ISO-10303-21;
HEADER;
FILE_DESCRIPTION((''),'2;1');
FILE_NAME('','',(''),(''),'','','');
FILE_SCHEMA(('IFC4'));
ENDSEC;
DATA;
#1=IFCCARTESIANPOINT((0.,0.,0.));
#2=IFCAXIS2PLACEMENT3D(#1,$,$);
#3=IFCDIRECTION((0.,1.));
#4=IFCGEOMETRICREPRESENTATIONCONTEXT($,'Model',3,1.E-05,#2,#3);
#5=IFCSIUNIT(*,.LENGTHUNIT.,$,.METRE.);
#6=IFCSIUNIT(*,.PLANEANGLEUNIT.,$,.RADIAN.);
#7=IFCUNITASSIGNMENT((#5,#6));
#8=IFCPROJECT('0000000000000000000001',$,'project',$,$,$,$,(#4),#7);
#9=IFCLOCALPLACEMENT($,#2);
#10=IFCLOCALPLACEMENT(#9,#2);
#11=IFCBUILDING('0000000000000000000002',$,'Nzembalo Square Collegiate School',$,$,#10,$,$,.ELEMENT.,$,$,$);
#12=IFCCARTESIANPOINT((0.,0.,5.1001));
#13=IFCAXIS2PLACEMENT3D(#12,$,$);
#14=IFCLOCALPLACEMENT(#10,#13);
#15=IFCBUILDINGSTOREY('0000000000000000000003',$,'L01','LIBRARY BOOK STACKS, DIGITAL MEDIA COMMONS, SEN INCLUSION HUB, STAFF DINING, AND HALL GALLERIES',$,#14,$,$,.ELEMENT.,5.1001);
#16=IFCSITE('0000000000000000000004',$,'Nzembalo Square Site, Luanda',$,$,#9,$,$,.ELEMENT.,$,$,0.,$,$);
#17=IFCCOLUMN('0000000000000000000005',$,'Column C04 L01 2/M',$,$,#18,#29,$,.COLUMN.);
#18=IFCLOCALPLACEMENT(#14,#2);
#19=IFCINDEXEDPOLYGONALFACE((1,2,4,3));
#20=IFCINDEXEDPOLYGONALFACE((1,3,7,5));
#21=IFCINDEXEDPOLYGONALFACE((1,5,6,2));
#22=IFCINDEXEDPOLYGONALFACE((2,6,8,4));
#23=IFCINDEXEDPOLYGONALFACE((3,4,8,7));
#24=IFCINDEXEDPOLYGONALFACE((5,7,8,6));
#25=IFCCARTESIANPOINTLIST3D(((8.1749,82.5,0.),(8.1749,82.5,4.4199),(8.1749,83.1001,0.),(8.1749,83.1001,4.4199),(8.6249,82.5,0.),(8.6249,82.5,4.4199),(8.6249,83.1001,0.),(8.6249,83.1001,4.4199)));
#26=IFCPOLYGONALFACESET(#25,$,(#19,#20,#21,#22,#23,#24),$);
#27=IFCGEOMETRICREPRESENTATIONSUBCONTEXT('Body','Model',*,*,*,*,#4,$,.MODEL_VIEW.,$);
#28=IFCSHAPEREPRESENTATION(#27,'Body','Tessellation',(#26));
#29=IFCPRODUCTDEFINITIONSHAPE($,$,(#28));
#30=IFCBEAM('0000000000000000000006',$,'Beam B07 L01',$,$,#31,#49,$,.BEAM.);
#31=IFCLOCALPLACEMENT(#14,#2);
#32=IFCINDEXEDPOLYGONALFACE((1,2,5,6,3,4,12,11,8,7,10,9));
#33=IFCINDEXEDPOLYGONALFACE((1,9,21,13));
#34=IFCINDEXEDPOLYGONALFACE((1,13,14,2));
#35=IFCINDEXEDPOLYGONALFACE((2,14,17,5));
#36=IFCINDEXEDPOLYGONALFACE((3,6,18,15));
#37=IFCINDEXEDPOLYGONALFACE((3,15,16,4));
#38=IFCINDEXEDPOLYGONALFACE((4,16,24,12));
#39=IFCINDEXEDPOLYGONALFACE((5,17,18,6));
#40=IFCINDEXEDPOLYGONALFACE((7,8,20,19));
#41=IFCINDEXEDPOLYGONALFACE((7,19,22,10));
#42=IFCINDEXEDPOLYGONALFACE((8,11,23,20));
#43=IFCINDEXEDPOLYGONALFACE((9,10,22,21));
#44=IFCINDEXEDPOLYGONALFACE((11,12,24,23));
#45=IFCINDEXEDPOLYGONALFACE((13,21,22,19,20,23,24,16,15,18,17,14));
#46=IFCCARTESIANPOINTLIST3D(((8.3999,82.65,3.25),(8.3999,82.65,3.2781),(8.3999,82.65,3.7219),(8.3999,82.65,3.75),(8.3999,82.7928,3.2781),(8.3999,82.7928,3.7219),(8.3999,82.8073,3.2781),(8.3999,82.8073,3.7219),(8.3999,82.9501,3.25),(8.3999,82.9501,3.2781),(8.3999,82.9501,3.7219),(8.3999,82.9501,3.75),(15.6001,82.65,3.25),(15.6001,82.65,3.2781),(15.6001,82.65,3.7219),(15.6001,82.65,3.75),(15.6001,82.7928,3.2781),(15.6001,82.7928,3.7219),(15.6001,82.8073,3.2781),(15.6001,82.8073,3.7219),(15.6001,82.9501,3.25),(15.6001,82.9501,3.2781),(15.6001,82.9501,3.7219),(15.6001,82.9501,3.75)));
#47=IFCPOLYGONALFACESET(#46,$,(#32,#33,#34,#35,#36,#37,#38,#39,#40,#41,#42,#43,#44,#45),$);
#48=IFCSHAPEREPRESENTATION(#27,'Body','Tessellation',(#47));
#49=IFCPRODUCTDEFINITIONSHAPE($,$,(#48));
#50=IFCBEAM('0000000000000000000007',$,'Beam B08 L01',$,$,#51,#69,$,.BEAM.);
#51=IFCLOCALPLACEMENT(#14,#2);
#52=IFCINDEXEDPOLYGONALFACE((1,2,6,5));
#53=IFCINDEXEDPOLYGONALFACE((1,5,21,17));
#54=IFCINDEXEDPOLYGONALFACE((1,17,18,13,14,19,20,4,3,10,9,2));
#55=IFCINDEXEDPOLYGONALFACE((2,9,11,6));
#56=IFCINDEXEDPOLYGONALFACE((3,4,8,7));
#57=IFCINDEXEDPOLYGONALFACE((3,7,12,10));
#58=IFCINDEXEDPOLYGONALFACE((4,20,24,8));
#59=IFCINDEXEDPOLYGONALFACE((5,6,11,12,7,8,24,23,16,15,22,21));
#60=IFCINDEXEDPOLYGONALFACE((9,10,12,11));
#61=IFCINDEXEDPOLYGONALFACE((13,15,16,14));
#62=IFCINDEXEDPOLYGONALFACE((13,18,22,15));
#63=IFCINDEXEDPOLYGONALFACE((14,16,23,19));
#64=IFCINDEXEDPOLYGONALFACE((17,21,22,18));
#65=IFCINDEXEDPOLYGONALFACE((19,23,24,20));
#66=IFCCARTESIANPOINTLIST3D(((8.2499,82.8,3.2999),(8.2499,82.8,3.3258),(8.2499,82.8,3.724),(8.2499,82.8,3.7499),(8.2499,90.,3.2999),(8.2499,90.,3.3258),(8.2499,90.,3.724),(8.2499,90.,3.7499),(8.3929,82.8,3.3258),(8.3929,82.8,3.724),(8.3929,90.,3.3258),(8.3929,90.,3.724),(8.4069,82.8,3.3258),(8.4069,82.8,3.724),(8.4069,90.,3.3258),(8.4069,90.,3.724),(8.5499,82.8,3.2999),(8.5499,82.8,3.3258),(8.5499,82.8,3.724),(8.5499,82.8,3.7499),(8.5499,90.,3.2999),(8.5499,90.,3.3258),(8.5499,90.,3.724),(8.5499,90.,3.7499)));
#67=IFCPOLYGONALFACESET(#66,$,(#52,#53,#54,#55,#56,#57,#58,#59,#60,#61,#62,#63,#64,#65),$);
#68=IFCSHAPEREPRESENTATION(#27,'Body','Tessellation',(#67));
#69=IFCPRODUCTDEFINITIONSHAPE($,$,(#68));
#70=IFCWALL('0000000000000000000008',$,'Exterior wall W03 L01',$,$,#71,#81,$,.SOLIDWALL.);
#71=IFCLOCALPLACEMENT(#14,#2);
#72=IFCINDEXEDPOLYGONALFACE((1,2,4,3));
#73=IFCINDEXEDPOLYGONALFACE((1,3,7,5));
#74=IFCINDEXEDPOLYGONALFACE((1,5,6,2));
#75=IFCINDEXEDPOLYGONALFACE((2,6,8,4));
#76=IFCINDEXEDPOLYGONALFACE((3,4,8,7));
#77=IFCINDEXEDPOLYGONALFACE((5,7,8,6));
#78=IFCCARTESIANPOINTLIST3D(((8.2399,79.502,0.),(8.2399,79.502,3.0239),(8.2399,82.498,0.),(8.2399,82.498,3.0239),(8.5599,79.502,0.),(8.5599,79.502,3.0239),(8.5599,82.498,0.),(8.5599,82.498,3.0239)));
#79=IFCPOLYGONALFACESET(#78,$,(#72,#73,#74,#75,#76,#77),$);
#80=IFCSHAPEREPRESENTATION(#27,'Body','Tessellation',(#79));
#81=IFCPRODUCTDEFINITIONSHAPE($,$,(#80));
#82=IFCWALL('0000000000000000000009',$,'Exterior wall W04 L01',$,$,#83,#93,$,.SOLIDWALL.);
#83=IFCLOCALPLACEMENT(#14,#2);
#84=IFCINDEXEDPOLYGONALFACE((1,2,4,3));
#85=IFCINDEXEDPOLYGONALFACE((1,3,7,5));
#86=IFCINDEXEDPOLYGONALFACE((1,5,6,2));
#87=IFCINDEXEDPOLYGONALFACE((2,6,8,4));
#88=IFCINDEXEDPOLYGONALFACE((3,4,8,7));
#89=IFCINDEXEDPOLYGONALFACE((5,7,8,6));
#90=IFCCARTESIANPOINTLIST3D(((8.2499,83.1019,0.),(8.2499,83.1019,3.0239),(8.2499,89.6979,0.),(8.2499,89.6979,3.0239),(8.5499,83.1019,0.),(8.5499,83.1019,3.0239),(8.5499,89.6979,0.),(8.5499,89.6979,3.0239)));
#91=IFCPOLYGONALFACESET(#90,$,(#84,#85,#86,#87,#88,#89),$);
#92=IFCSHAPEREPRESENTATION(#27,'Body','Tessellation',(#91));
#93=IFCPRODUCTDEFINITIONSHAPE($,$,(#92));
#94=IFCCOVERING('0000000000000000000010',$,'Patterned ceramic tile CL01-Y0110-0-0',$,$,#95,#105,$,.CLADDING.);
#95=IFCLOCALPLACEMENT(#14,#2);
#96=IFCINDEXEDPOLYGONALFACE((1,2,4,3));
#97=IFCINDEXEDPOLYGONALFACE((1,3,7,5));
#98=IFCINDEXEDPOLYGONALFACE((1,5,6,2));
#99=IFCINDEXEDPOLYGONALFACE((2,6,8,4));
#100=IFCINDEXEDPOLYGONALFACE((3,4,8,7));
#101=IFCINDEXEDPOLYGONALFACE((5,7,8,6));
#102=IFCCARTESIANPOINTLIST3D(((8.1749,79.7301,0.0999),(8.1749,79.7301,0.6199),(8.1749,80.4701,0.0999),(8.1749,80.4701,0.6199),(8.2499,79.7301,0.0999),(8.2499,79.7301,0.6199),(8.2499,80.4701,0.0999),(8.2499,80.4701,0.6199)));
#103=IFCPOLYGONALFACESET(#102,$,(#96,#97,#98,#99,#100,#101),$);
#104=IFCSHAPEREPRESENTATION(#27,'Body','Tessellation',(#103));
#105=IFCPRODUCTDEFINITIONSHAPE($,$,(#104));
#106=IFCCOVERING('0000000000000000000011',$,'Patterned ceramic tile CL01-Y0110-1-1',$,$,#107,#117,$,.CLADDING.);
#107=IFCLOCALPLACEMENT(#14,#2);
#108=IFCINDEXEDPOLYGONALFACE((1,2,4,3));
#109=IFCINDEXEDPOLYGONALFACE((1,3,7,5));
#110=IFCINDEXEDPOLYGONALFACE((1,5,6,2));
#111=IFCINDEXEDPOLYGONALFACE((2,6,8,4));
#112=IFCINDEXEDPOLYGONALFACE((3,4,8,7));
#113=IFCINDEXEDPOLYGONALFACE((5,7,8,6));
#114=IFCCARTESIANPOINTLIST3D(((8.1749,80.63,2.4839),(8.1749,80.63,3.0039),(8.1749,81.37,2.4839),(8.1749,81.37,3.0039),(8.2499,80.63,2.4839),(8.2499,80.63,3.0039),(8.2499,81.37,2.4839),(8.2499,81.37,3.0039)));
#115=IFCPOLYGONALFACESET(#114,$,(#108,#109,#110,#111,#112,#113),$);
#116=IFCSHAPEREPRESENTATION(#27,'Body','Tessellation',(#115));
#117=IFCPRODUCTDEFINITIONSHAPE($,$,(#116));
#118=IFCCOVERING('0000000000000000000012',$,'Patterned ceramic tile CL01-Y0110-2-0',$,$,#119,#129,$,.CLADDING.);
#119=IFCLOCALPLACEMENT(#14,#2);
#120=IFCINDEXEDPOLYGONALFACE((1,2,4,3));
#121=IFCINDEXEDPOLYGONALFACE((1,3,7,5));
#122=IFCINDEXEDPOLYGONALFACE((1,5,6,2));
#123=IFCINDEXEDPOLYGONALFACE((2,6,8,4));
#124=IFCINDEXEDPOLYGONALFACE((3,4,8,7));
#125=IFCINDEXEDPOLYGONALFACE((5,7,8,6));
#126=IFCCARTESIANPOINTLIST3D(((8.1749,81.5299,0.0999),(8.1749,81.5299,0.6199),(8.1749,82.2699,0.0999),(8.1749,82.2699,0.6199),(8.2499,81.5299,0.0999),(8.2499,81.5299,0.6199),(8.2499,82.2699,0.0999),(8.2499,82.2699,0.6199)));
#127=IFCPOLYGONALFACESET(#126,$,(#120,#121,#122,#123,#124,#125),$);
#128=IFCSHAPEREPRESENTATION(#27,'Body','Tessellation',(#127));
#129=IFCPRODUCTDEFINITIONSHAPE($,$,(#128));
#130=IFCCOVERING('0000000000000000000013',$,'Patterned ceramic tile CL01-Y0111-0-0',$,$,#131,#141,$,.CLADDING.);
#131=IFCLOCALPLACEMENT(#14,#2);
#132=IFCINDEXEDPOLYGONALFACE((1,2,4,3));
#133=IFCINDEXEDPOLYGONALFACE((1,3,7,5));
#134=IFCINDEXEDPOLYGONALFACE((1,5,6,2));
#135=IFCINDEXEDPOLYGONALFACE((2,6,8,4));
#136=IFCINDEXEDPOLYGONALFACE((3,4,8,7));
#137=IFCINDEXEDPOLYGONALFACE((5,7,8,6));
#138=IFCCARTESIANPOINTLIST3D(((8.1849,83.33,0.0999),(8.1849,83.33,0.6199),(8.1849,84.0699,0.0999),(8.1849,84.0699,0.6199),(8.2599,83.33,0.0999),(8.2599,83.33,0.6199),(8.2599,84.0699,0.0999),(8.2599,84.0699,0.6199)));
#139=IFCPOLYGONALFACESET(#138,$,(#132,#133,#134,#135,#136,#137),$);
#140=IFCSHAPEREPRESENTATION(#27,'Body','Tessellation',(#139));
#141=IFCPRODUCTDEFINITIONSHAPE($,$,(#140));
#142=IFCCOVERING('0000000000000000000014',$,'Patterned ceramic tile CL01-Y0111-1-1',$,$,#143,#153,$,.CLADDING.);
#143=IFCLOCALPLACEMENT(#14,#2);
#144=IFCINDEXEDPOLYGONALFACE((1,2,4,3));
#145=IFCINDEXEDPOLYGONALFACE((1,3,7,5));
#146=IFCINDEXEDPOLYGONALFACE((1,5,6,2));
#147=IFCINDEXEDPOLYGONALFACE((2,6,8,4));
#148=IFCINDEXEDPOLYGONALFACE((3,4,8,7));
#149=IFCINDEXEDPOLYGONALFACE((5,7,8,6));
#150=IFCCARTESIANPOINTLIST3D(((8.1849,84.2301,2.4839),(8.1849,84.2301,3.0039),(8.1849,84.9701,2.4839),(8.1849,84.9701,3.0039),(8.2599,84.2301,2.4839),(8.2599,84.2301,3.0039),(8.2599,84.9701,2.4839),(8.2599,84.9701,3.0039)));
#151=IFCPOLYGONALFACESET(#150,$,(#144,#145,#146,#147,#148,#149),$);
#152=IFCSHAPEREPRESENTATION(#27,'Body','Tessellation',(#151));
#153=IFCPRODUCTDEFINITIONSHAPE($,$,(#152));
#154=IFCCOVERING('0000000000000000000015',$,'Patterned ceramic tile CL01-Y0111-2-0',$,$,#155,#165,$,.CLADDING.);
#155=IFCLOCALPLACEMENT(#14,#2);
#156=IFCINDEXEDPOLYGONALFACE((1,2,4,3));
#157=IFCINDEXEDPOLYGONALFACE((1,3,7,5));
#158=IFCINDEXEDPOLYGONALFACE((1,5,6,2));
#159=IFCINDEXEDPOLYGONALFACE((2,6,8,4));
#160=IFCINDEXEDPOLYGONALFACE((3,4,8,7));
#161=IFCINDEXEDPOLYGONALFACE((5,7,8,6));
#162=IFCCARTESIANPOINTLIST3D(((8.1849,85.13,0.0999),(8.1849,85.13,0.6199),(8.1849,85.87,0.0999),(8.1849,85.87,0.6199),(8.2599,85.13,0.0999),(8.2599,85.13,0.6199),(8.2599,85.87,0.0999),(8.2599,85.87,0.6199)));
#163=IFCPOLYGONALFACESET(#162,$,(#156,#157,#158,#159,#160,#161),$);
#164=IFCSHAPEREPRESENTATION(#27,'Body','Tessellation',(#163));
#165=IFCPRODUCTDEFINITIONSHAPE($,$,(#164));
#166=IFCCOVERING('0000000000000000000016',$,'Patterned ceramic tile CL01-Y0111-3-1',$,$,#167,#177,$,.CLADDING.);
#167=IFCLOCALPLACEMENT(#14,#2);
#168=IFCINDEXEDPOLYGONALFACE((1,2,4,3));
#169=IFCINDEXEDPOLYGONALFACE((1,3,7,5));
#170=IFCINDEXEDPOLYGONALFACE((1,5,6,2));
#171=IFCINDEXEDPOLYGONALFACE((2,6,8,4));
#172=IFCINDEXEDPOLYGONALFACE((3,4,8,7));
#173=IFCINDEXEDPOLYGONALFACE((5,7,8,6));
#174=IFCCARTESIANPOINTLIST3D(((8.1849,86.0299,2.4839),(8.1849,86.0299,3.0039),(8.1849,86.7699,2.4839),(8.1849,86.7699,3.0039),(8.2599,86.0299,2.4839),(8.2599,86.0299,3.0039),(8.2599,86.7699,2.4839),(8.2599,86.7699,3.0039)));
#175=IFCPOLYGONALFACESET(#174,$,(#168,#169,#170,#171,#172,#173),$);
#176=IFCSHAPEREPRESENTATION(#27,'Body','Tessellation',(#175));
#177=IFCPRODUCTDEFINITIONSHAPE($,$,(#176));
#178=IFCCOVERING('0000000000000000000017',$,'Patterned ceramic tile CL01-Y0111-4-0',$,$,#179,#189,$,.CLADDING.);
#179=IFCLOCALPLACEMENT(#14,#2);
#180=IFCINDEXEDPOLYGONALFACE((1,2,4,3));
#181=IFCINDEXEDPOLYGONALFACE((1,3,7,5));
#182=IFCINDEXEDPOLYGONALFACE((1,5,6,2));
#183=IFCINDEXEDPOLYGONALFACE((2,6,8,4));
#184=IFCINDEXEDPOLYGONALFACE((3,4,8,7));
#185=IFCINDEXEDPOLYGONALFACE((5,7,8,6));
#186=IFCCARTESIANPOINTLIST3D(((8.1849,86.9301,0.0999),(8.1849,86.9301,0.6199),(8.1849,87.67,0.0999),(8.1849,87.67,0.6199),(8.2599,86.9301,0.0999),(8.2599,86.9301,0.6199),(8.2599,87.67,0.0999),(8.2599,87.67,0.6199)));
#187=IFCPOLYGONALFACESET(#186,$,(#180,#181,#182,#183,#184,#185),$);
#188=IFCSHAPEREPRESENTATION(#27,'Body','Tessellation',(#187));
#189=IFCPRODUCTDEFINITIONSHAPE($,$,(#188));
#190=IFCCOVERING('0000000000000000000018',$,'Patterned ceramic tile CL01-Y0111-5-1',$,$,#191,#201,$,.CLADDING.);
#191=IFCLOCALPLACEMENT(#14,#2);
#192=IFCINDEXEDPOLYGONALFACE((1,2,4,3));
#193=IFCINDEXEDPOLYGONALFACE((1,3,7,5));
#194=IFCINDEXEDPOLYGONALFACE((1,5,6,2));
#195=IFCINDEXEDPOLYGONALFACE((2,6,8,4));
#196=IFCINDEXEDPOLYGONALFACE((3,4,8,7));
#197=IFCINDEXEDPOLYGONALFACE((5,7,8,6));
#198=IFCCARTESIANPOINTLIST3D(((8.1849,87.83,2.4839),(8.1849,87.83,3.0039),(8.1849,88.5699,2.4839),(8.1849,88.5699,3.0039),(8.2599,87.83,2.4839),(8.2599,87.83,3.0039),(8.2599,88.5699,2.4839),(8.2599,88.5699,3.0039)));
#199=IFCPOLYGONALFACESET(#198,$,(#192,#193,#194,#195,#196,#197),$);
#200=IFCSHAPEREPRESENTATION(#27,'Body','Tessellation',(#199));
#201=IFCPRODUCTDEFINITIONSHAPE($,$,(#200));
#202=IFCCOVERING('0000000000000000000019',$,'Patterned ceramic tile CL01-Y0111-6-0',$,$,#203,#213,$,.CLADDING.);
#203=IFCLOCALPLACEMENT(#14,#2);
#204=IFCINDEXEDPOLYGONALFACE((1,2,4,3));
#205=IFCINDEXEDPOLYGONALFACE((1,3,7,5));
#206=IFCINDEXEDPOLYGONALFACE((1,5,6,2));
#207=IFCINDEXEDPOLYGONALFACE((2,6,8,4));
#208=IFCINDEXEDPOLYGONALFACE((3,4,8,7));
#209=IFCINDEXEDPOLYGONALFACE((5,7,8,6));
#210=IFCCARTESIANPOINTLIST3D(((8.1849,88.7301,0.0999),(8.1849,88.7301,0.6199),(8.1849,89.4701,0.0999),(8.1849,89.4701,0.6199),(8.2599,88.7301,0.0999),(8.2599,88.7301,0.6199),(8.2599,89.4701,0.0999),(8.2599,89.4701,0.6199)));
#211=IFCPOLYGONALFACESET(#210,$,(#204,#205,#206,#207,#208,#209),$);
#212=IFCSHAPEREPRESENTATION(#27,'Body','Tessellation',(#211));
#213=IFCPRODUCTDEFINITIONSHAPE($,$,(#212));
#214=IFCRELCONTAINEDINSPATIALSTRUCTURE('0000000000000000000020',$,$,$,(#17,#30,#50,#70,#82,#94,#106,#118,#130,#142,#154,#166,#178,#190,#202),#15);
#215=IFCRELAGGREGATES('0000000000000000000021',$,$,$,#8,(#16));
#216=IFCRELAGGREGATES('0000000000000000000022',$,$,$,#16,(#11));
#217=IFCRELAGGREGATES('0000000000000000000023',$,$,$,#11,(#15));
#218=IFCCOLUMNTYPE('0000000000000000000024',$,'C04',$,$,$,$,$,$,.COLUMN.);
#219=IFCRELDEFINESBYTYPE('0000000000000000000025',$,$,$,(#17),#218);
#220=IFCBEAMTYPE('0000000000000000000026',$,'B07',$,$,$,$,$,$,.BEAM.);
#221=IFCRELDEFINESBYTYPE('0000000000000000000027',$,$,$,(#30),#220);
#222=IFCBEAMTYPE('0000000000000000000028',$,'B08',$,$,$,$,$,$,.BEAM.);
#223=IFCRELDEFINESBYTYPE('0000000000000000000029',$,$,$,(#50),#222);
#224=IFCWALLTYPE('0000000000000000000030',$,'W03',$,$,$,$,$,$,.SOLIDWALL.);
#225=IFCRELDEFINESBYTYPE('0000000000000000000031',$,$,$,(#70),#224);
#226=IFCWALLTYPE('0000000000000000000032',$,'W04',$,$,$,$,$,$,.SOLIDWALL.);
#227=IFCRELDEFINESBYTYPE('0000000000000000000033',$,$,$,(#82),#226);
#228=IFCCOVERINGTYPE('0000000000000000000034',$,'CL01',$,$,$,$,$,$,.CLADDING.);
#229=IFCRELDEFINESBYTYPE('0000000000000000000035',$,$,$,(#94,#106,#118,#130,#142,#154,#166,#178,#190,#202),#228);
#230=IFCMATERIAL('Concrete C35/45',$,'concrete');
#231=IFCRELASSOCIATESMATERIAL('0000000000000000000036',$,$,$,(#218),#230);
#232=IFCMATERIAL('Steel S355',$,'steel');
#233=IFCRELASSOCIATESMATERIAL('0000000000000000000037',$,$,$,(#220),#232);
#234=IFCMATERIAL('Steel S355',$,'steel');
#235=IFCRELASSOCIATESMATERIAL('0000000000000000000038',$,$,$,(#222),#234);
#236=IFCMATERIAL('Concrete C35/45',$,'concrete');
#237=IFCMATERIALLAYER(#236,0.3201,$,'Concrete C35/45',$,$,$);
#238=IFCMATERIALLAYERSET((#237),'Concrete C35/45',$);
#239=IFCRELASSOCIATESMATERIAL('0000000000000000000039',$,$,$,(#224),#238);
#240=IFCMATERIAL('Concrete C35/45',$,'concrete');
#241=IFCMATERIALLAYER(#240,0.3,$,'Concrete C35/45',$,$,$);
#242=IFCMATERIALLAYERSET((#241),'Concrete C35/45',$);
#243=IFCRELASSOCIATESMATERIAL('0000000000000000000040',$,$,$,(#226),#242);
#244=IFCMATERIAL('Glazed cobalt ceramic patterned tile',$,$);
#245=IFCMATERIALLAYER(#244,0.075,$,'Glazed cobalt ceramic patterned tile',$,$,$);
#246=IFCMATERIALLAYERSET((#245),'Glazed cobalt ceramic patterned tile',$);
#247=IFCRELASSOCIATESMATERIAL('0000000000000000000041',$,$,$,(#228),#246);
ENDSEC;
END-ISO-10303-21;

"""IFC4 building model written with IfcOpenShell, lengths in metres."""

from ifc_helpers import new_model, si_unit, direction, frame, frame_2d, origin, origin_2d, place, context, subcontext, project, spatial, rectangle, i_section, extrude, material, layer, layer_set, material_profile, profile_set, type_object, element, save


model = new_model("IFC4")

# Units and contexts
model_context = context("Model", 3, precision=1e-05, world=origin(), true_north=direction((0.0, 1.0)))
body_context = subcontext(model_context, "Body", "Model", "MODEL_VIEW")
ifc_project = project(units=[si_unit("LENGTHUNIT", "METRE"), si_unit("PLANEANGLEUNIT", "RADIAN")], contexts=[model_context])

# Site, building, storey
site_placement = place(None, origin())
site = spatial("IfcSite", under=ifc_project, at=site_placement, Name="Nzembalo Square Site, Luanda", CompositionType="ELEMENT", RefElevation=0.0)
building_placement = place(site_placement, origin())
building = spatial("IfcBuilding", under=site, at=building_placement, Name="Nzembalo Square Collegiate School", CompositionType="ELEMENT")
storey_placement = place(building_placement, frame((0.0, 0.0, 5.1001)))
storey = spatial("IfcBuildingStorey", under=building, at=storey_placement, Name="L01", Description="LIBRARY BOOK STACKS, DIGITAL MEDIA COMMONS, SEN INCLUSION HUB, STAFF DINING, AND HALL GALLERIES", CompositionType="ELEMENT", Elevation=5.1001)

# Column
ifc_material_1 = material(Name="Concrete C35/45", Category="concrete")
ifc_material_profile_1 = material_profile(ifc_material_1, rectangle(XDim=0.45, YDim=0.6001, at=origin_2d()), Name="RC 450x600")
ifc_profile_set_1 = profile_set([ifc_material_profile_1], Name="Concrete C35/45")
column_type = type_object("IfcColumnType", Name="C04", PredefinedType="COLUMN", material=ifc_profile_set_1)
column_placement = place(storey_placement, frame((8.3999, 82.8, 0.0), z_axis=(0.0, 0.0, 1.0), x_axis=(1.0, 0.0, 0.0)))
element("IfcColumn", 1, at=column_placement, inside=storey, type_object=column_type, Name="Column C04 L01 2/M", PredefinedType="COLUMN", context=body_context, shape_type="SweptSolid", body=[
    extrude(rectangle(XDim=0.45, YDim=0.6001, at=origin_2d()), origin(), (0.0, 0.0, 1.0), 4.4199),
])

# Beams
ifc_material_2 = material(Name="Steel S355", Category="steel")
ifc_material_profile_2 = material_profile(ifc_material_2, i_section(OverallWidth=0.3, OverallDepth=0.5, WebThickness=0.0144, FlangeThickness=0.0281, at=origin_2d()), Name="HEB 500")
ifc_profile_set_2 = profile_set([ifc_material_profile_2], Name="Steel S355")
beam_type_1 = type_object("IfcBeamType", Name="B07", PredefinedType="BEAM", material=ifc_profile_set_2)
beam_1_placement = place(storey_placement, frame((8.3999, 82.8, 3.5), z_axis=(1.0, 0.0, 0.0), x_axis=(0.0, 1.0, 0.0)))
element("IfcBeam", 2, at=beam_1_placement, inside=storey, type_object=beam_type_1, Name="Beam B07 L01", PredefinedType="BEAM", context=body_context, shape_type="SweptSolid", body=[
    extrude(i_section(OverallWidth=0.3, OverallDepth=0.5, WebThickness=0.0144, FlangeThickness=0.0281, at=origin_2d()), origin(), (0.0, 0.0, 1.0), 7.2002),
])
ifc_material_3 = material(Name="Steel S355", Category="steel")
ifc_material_profile_3 = material_profile(ifc_material_3, i_section(OverallWidth=0.3, OverallDepth=0.45, WebThickness=0.0139, FlangeThickness=0.0259, at=origin_2d()), Name="HEB 450")
ifc_profile_set_3 = profile_set([ifc_material_profile_3], Name="Steel S355")
beam_type_2 = type_object("IfcBeamType", Name="B08", PredefinedType="BEAM", material=ifc_profile_set_3)
beam_2_placement = place(storey_placement, frame((8.3999, 82.8, 3.5249), z_axis=(0.0, 1.0, 0.0), x_axis=(-1.0, 0.0, 0.0)))
element("IfcBeam", 3, at=beam_2_placement, inside=storey, type_object=beam_type_2, Name="Beam B08 L01", PredefinedType="BEAM", context=body_context, shape_type="SweptSolid", body=[
    extrude(i_section(OverallWidth=0.3, OverallDepth=0.45, WebThickness=0.0139, FlangeThickness=0.0259, at=origin_2d()), origin(), (0.0, 0.0, 1.0), 7.2),
])

# Walls
ifc_material_4 = material(Name="Concrete C35/45", Category="concrete")
ifc_layer_1 = layer(ifc_material_4, 0.3201, Name="Concrete C35/45")
ifc_layer_set_1 = layer_set([ifc_layer_1], Name="Concrete C35/45")
wall_type_1 = type_object("IfcWallType", Name="W03", PredefinedType="SOLIDWALL", material=ifc_layer_set_1)
wall_1_placement = place(storey_placement, frame((8.3999, 79.502, 0.0), z_axis=(0.0, 0.0, 1.0), x_axis=(0.0, 1.0, 0.0)))
element("IfcWall", 4, at=wall_1_placement, inside=storey, type_object=wall_type_1, Name="Exterior wall W03 L01", PredefinedType="SOLIDWALL", context=body_context, shape_type="SweptSolid", body=[
    extrude(rectangle(XDim=2.9961, YDim=0.3201, at=frame_2d((1.498, 0.0))), origin(), (0.0, 0.0, 1.0), 3.0239),
])
ifc_material_5 = material(Name="Concrete C35/45", Category="concrete")
ifc_layer_2 = layer(ifc_material_5, 0.3, Name="Concrete C35/45")
ifc_layer_set_2 = layer_set([ifc_layer_2], Name="Concrete C35/45")
wall_type_2 = type_object("IfcWallType", Name="W04", PredefinedType="SOLIDWALL", material=ifc_layer_set_2)
wall_2_placement = place(storey_placement, frame((8.3999, 83.1021, 0.0), z_axis=(0.0, 0.0, 1.0), x_axis=(0.0, 1.0, 0.0)))
element("IfcWall", 5, at=wall_2_placement, inside=storey, type_object=wall_type_2, Name="Exterior wall W04 L01", PredefinedType="SOLIDWALL", context=body_context, shape_type="SweptSolid", body=[
    extrude(rectangle(XDim=6.5959, YDim=0.3, at=frame_2d((3.2979, 0.0))), origin(), (0.0, 0.0, 1.0), 3.0239),
])

# Coverings
ifc_material_6 = material(Name="Glazed cobalt ceramic patterned tile")
ifc_layer_3 = layer(ifc_material_6, 0.075, Name="Glazed cobalt ceramic patterned tile")
ifc_layer_set_3 = layer_set([ifc_layer_3], Name="Glazed cobalt ceramic patterned tile")
covering_type_1 = type_object("IfcCoveringType", Name="CL01", PredefinedType="CLADDING", material=ifc_layer_set_3)
for number, where, z_axis, x_axis, name in (
    (6, (8.2124, 80.1001, 0.0999), (0.0, 0.0, 1.0), (1.0, 0.0, 0.0), "Patterned ceramic tile CL01-Y0110-0-0"),
    (7, (8.2124, 81.0, 2.4839), (0.0, 0.0, 1.0), (1.0, 0.0, 0.0), "Patterned ceramic tile CL01-Y0110-1-1"),
    (8, (8.2124, 81.8999, 0.0999), (0.0, 0.0, 1.0), (1.0, 0.0, 0.0), "Patterned ceramic tile CL01-Y0110-2-0"),
    (9, (8.2224, 83.7, 0.0999), (0.0, 0.0, 1.0), (1.0, 0.0, 0.0), "Patterned ceramic tile CL01-Y0111-0-0"),
    (10, (8.2224, 84.6001, 2.4839), (0.0, 0.0, 1.0), (1.0, 0.0, 0.0), "Patterned ceramic tile CL01-Y0111-1-1"),
    (11, (8.2224, 85.5, 0.0999), (0.0, 0.0, 1.0), (1.0, 0.0, 0.0), "Patterned ceramic tile CL01-Y0111-2-0"),
    (12, (8.2224, 86.3999, 2.4839), (0.0, 0.0, 1.0), (1.0, 0.0, 0.0), "Patterned ceramic tile CL01-Y0111-3-1"),
    (13, (8.2224, 87.3, 0.0999), (0.0, 0.0, 1.0), (1.0, 0.0, 0.0), "Patterned ceramic tile CL01-Y0111-4-0"),
    (14, (8.2224, 88.2, 2.4839), (0.0, 0.0, 1.0), (1.0, 0.0, 0.0), "Patterned ceramic tile CL01-Y0111-5-1"),
    (15, (8.2224, 89.1001, 0.0999), (0.0, 0.0, 1.0), (1.0, 0.0, 0.0), "Patterned ceramic tile CL01-Y0111-6-0"),
):
    element("IfcCovering", number, at=place(storey_placement, frame(where, z_axis=z_axis, x_axis=x_axis)), inside=storey, type_object=covering_type_1, Name=name, PredefinedType="CLADDING", context=body_context, shape_type="SweptSolid", body=[
        extrude(rectangle(XDim=0.075, YDim=0.74, at=origin_2d()), origin(), (0.0, 0.0, 1.0), 0.52),
    ])

save(model, "model.ifc")
